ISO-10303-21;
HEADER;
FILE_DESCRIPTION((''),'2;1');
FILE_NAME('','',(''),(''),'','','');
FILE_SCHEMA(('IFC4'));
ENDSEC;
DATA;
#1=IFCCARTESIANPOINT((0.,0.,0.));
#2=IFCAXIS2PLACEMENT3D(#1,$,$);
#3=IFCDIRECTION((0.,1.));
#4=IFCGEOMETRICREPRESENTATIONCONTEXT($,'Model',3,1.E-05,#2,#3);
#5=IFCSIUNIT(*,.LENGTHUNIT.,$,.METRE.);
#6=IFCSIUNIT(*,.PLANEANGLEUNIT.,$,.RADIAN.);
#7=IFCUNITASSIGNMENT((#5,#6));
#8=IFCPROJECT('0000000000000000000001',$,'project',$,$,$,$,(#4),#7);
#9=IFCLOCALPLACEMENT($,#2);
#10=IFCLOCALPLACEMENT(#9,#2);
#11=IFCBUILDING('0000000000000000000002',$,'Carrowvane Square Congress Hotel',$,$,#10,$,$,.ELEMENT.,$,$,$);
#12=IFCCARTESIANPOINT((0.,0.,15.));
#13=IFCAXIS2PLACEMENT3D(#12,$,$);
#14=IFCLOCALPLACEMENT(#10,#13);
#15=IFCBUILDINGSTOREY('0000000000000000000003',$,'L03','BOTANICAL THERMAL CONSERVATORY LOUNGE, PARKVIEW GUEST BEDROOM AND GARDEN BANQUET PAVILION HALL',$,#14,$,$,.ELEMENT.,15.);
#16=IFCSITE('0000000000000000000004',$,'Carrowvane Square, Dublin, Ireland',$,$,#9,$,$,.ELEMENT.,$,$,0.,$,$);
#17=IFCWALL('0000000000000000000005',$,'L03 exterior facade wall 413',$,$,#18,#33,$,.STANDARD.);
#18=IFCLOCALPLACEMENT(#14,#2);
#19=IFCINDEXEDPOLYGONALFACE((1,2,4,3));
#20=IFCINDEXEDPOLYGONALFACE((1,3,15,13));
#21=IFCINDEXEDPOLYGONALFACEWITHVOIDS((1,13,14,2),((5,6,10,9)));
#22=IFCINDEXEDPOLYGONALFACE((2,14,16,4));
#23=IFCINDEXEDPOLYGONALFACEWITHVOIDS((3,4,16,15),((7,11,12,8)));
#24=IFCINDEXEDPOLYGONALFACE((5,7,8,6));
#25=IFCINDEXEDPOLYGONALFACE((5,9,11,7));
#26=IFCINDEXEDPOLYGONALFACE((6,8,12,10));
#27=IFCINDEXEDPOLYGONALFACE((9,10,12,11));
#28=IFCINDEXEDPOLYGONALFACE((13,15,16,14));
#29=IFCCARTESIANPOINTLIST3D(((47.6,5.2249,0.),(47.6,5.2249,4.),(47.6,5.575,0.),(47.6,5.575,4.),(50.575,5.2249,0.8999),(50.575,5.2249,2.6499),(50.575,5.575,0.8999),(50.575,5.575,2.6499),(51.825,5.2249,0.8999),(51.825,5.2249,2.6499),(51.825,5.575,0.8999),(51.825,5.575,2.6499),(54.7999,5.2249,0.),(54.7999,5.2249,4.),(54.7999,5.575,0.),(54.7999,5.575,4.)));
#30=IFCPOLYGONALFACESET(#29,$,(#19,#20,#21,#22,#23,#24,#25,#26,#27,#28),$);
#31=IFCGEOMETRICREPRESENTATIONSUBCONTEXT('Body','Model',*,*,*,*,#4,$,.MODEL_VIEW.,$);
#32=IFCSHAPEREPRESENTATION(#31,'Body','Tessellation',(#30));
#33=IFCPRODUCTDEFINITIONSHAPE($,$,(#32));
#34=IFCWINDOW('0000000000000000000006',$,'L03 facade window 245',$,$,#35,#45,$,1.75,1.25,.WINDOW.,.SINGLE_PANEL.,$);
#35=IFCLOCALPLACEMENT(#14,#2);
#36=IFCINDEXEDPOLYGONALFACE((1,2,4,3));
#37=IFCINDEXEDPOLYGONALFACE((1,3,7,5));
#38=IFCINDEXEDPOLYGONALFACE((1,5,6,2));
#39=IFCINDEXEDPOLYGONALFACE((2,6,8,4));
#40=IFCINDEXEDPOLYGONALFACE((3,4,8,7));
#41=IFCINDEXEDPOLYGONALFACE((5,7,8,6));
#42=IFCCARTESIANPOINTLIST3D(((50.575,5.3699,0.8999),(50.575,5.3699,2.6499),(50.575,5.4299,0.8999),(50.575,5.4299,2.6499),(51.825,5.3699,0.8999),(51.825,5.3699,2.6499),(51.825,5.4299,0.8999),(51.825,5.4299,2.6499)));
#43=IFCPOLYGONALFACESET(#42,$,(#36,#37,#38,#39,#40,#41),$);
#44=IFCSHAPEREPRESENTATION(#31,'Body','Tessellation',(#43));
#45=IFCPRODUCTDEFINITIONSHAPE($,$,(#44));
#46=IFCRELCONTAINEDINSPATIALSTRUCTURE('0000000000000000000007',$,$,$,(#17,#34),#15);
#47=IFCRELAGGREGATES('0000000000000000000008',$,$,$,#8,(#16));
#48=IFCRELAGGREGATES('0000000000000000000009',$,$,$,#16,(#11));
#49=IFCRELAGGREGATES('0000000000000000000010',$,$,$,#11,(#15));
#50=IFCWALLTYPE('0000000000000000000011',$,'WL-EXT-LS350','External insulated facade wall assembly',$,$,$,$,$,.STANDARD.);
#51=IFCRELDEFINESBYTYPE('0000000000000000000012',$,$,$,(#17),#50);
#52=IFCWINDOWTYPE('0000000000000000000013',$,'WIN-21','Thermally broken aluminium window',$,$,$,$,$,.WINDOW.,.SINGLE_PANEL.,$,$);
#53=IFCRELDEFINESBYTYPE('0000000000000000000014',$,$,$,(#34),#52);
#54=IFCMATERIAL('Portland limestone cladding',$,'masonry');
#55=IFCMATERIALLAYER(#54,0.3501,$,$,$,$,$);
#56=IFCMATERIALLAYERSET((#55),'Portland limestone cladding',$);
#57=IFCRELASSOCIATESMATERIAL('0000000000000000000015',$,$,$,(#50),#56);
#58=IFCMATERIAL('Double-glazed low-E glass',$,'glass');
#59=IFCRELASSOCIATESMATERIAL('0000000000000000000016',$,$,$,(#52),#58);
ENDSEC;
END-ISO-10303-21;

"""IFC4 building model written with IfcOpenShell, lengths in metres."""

from ifc_helpers import new_model, si_unit, direction, frame, frame_2d, origin, place, context, subcontext, project, spatial, rectangle, extrude, material, layer, layer_set, type_object, element, fill, save


model = new_model("IFC4")

# Units and contexts
model_context = context("Model", 3, precision=1e-05, world=origin(), true_north=direction((0.0, 1.0)))
body_context = subcontext(model_context, "Body", "Model", "MODEL_VIEW")
ifc_project = project(units=[si_unit("LENGTHUNIT", "METRE"), si_unit("PLANEANGLEUNIT", "RADIAN")], contexts=[model_context])

# Site, building, storey
site_placement = place(None, origin())
site = spatial("IfcSite", under=ifc_project, at=site_placement, Name="Carrowvane Square, Dublin, Ireland", CompositionType="ELEMENT", RefElevation=0.0)
building_placement = place(site_placement, origin())
building = spatial("IfcBuilding", under=site, at=building_placement, Name="Carrowvane Square Congress Hotel", CompositionType="ELEMENT")
storey_placement = place(building_placement, frame((0.0, 0.0, 15.0)))
storey = spatial("IfcBuildingStorey", under=building, at=storey_placement, Name="L03", Description="BOTANICAL THERMAL CONSERVATORY LOUNGE, PARKVIEW GUEST BEDROOM AND GARDEN BANQUET PAVILION HALL", CompositionType="ELEMENT", Elevation=15.0)

# Wall, opening, window
ifc_material_1 = material(Name="Portland limestone cladding", Category="masonry")
ifc_layer_1 = layer(ifc_material_1, 0.3501)
ifc_layer_set_1 = layer_set([ifc_layer_1], Name="Portland limestone cladding")
wall_type = type_object("IfcWallType", Name="WL-EXT-LS350", Description="External insulated facade wall assembly", PredefinedType="STANDARD", material=ifc_layer_set_1)
wall_1_placement = place(storey_placement, frame((54.8, 5.3999, 0.0), z_axis=(0.0, 0.0, 1.0), x_axis=(-1.0, 0.0, 0.0)))
wall_1 = element("IfcWall", 1, at=wall_1_placement, inside=storey, type_object=wall_type, Name="L03 exterior facade wall 413", PredefinedType="STANDARD", context=body_context, shape_type="SweptSolid", body=[
    extrude(rectangle(XDim=7.2, YDim=0.3501, at=frame_2d((3.6001, 0.0))), origin(), (0.0, 0.0, 1.0), 4.0),
])
opening_1_placement = place(wall_1_placement, frame((2.9751, 0.0, 0.8999)))
opening_1 = element("IfcOpeningElement", 2, at=opening_1_placement, cuts=wall_1, PredefinedType="OPENING", context=body_context, shape_type="SweptSolid", body=[
    extrude(rectangle(XDim=1.25, YDim=1.75, at=frame_2d((0.625, 0.875))), frame((0.0, 0.1851, 0.0), z_axis=(0.0, -1.0, 0.0), x_axis=(1.0, 0.0, 0.0)), (0.0, 0.0, 1.0), 0.3701),
])
ifc_material_2 = material(Name="Double-glazed low-E glass", Category="glass")
window_type_1 = type_object("IfcWindowType", Name="WIN-21", Description="Thermally broken aluminium window", PartitioningType="SINGLE_PANEL", PredefinedType="WINDOW", material=ifc_material_2)
window_1_placement = place(opening_1_placement, origin())
window_1 = element("IfcWindow", 3, at=window_1_placement, inside=storey, type_object=window_type_1, Name="L03 facade window 245", OverallHeight=1.75, OverallWidth=1.25, PartitioningType="SINGLE_PANEL", PredefinedType="WINDOW", context=body_context, shape_type="SweptSolid", body=[
    extrude(rectangle(XDim=1.25, YDim=1.75, at=frame_2d((0.625, 0.875))), frame((0.0, 0.03, 0.0), z_axis=(0.0, -1.0, 0.0), x_axis=(1.0, 0.0, 0.0)), (0.0, 0.0, 1.0), 0.0601),
])
fill(opening_1, window_1)

save(model, "model.ifc")
